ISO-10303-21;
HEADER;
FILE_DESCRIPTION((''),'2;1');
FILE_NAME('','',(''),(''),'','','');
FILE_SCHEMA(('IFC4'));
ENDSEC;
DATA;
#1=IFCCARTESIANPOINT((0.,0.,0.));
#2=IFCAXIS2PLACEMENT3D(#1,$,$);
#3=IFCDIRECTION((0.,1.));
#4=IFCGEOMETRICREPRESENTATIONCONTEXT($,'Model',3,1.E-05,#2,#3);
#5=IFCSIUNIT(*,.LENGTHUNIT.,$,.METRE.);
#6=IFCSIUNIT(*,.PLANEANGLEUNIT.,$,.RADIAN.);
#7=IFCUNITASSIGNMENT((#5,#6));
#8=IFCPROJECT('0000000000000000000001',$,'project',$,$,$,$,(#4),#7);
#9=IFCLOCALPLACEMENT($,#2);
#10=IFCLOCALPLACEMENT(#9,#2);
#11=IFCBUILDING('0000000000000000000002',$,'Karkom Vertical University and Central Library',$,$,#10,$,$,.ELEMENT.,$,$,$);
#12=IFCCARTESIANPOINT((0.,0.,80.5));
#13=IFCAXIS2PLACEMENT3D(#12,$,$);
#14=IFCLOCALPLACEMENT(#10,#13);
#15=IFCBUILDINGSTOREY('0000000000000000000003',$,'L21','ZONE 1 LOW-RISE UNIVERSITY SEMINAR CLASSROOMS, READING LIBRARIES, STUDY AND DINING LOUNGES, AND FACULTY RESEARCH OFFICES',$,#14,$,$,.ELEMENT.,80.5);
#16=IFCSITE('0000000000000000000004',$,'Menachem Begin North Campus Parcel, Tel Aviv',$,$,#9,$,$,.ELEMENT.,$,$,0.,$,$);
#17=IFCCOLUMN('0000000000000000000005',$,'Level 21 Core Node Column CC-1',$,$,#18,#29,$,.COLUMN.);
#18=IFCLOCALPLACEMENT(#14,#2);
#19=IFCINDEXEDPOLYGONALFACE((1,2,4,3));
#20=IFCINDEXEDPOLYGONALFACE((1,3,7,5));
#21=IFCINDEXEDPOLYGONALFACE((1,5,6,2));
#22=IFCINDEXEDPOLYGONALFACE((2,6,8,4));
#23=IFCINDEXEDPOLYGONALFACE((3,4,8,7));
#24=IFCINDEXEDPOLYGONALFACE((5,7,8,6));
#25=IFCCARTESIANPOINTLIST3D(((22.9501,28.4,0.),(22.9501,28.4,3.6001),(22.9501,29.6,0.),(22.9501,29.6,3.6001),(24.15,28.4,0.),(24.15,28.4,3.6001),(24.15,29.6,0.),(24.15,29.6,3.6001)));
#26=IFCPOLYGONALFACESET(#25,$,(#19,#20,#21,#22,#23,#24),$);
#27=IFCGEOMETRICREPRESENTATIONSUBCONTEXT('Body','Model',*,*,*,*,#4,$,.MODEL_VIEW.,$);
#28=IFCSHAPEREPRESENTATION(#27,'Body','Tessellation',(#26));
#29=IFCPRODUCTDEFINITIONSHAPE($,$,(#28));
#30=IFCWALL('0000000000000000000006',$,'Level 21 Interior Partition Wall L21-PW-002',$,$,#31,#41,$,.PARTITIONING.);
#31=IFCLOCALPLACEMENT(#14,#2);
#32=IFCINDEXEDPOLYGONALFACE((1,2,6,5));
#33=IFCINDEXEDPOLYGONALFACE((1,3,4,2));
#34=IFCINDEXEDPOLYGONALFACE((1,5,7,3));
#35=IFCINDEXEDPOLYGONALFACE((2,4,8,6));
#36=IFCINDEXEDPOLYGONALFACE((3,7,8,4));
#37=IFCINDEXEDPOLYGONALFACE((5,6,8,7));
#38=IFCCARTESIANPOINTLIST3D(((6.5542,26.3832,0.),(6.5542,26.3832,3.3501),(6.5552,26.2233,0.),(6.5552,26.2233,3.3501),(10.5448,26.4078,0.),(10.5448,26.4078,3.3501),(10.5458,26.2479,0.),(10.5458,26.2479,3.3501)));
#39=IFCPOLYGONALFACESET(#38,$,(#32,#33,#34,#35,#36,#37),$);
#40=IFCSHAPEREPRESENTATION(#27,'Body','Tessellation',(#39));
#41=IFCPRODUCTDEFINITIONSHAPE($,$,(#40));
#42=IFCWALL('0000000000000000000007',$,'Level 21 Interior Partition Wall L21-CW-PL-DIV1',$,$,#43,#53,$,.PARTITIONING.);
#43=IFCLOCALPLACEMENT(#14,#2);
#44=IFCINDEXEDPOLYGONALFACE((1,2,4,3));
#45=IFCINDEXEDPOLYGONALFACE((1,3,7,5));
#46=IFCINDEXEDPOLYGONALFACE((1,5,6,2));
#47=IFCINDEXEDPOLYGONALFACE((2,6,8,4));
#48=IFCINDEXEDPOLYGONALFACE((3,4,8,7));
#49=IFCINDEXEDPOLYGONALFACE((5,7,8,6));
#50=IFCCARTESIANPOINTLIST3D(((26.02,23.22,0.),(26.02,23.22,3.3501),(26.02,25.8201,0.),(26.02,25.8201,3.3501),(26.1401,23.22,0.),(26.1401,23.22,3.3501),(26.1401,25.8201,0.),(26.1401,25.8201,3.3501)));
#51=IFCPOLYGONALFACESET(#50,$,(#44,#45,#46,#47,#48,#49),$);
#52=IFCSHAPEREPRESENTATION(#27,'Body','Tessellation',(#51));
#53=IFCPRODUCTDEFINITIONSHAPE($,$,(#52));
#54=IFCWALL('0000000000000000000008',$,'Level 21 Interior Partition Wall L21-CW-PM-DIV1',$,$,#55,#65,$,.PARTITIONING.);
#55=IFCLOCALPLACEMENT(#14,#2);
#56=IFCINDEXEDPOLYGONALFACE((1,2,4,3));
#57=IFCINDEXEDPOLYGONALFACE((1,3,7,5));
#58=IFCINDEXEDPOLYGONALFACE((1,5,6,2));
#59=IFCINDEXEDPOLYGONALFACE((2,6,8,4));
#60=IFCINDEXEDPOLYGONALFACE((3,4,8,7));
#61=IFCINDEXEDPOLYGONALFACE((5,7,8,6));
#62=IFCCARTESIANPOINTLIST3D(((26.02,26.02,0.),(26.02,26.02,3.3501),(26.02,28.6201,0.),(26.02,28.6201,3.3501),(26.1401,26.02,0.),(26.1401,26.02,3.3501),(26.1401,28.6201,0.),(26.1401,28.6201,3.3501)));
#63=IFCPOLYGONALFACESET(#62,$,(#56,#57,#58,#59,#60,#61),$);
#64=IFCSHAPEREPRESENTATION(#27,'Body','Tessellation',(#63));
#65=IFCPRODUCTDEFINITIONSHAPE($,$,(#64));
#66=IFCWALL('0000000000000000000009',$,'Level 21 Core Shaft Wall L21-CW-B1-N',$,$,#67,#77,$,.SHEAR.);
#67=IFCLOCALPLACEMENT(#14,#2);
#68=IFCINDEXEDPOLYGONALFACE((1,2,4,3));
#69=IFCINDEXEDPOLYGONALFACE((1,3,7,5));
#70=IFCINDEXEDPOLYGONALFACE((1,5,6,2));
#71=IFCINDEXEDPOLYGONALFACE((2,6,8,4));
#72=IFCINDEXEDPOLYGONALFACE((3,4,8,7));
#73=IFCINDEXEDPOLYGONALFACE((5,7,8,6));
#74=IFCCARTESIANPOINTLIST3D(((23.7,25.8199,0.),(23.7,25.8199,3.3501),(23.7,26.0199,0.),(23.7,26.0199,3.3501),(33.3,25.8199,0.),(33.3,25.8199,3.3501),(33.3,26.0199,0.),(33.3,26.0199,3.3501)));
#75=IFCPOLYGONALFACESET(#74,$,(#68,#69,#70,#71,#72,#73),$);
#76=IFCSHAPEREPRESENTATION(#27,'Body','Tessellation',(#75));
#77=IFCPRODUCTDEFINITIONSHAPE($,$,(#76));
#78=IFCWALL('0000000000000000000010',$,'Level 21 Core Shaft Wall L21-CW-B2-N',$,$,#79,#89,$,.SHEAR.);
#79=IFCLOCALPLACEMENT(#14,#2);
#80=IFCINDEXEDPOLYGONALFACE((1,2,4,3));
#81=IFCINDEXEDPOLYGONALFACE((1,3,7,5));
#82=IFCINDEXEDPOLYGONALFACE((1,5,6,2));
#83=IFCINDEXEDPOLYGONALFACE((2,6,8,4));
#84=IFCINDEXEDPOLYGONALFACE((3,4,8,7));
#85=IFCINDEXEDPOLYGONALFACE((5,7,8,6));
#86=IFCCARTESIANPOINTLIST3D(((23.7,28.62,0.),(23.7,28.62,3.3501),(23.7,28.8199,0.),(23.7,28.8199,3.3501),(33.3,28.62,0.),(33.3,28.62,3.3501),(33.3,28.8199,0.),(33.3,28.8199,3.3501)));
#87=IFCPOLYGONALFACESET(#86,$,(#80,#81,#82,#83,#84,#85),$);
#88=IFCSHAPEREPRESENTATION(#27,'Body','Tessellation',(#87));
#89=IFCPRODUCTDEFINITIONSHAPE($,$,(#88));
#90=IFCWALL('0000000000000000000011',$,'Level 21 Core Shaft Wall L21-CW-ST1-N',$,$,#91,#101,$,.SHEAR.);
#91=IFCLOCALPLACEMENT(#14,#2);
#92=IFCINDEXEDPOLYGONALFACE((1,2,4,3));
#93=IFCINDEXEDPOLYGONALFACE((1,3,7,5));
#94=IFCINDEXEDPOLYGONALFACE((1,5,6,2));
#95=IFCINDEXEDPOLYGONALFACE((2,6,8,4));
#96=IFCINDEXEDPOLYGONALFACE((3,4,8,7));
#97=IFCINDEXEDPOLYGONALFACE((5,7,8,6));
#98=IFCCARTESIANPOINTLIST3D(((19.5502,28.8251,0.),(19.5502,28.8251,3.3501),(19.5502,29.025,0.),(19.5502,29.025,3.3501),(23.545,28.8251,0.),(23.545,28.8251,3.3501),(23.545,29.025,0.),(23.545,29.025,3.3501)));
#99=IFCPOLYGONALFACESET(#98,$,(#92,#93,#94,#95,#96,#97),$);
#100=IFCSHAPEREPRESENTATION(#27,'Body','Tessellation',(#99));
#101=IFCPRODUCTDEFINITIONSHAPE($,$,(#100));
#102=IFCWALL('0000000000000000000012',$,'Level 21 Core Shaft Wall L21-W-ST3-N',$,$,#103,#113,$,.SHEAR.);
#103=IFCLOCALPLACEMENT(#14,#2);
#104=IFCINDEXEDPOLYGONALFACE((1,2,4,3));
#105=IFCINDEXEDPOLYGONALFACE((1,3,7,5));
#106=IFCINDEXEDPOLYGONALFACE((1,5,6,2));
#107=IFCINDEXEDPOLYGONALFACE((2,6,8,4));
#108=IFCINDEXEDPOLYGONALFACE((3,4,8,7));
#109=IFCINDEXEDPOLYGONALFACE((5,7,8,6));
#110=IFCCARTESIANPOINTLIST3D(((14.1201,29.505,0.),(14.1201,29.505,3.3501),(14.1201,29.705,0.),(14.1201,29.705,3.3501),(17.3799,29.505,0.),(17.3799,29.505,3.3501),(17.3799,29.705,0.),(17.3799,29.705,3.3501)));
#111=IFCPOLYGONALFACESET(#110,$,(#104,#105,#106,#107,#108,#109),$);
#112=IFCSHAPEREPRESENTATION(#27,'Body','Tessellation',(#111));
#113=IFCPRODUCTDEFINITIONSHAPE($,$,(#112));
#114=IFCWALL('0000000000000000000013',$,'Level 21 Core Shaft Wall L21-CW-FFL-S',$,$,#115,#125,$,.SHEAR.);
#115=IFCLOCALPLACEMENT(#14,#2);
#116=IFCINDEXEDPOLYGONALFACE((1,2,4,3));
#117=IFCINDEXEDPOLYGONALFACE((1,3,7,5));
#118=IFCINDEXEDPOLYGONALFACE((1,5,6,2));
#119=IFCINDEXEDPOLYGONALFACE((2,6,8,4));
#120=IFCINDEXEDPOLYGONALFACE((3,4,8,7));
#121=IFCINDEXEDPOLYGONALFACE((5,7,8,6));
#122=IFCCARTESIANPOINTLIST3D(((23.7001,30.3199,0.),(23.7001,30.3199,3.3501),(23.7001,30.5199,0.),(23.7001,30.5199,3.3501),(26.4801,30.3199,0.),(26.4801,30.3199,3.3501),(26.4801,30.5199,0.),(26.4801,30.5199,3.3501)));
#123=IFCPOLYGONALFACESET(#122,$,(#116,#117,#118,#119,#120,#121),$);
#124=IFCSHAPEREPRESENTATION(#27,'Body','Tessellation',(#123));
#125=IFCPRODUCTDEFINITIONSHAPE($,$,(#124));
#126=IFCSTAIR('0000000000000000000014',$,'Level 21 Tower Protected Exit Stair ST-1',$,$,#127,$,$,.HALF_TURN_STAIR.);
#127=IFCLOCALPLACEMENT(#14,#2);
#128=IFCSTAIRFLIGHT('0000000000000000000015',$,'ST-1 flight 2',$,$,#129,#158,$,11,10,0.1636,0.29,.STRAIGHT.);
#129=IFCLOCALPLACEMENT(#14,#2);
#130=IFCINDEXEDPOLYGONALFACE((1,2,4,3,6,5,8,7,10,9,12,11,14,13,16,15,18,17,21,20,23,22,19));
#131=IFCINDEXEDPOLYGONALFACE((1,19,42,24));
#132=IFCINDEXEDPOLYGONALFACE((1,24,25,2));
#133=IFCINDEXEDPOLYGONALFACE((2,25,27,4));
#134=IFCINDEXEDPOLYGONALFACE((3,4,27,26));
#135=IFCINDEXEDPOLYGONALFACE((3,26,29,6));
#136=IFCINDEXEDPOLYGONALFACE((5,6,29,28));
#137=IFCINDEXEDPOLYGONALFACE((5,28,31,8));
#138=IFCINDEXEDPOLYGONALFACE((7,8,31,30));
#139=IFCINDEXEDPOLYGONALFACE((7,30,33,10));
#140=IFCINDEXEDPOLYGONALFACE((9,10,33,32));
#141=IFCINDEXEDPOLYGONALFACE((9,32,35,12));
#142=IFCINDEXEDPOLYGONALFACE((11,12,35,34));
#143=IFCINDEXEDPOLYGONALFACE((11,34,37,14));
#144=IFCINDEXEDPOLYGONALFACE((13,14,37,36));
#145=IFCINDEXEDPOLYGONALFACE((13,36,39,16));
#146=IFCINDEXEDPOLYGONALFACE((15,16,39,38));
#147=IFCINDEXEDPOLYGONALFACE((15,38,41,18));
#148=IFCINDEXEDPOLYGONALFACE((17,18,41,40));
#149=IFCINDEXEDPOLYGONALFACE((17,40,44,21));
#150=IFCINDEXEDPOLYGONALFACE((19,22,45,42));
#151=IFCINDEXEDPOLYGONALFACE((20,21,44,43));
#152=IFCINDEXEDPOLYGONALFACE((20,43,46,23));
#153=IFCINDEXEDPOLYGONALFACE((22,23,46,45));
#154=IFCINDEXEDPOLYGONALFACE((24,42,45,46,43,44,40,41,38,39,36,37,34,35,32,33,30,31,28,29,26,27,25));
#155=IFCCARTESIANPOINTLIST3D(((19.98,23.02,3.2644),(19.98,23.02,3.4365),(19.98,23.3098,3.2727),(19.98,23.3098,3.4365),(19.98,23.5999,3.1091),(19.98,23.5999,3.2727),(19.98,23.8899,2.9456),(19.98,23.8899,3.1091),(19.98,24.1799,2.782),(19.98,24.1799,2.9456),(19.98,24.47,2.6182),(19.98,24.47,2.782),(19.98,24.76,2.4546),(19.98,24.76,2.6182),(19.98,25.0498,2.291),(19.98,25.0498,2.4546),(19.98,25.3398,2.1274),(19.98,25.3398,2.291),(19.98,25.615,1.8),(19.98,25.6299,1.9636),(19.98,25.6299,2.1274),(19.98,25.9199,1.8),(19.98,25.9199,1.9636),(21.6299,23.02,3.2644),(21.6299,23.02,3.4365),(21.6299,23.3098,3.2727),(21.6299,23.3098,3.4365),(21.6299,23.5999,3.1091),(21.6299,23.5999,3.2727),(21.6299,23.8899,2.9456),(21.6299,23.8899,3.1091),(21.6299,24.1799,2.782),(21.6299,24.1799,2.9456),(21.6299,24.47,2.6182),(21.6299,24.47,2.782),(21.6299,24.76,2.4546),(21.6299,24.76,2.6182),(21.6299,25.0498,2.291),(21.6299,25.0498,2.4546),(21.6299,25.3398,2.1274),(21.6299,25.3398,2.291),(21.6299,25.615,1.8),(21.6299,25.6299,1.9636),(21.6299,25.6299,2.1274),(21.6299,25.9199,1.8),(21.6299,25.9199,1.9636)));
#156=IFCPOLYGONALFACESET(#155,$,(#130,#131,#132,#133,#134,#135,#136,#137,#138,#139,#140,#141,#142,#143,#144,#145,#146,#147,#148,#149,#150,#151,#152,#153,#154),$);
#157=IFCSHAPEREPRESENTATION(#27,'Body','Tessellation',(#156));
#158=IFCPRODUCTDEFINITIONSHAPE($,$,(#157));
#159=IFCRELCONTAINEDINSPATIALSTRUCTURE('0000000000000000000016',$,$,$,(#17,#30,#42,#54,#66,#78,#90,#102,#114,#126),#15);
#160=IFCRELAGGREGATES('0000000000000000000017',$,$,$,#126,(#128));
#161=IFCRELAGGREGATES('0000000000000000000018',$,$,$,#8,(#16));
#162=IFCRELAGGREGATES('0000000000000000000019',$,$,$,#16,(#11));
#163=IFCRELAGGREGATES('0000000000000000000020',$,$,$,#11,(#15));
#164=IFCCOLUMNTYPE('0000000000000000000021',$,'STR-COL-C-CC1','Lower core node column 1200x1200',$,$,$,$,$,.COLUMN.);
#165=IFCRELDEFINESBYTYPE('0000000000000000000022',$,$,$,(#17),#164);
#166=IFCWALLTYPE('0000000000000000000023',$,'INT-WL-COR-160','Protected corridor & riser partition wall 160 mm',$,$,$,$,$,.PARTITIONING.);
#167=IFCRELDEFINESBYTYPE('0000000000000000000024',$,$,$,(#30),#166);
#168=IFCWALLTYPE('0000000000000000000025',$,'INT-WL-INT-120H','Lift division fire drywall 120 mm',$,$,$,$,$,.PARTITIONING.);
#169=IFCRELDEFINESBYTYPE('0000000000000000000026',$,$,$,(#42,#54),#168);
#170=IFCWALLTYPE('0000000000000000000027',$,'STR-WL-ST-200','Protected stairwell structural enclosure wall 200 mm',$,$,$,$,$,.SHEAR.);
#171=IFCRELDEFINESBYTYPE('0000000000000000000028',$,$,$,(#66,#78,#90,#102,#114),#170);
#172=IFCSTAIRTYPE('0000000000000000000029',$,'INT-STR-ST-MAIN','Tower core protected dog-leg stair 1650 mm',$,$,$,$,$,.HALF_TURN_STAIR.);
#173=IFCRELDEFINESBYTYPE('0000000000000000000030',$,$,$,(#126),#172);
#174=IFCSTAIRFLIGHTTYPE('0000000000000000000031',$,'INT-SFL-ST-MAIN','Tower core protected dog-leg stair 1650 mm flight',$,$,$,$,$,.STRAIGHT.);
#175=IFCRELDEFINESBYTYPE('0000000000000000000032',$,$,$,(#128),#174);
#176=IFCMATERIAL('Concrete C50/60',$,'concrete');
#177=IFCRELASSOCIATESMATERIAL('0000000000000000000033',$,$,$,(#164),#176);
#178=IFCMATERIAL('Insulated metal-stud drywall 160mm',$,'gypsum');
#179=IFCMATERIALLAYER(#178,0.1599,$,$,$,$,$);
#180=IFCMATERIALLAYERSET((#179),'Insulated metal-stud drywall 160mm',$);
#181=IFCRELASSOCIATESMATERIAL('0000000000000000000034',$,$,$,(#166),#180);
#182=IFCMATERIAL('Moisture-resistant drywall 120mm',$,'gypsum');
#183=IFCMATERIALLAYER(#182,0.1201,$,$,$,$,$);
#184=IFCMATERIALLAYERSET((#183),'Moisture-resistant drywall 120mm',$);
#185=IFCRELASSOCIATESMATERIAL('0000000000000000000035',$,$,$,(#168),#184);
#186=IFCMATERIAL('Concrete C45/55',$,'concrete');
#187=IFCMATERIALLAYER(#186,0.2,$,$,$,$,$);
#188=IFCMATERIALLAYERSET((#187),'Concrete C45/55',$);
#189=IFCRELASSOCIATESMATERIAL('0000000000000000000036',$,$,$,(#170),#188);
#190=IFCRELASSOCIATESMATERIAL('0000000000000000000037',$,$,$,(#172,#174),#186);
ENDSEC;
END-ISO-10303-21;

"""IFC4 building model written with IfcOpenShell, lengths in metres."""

from ifc_helpers import new_model, si_unit, direction, frame, frame_2d, origin, origin_with_axes, origin_2d, place, context, subcontext, project, spatial, polyline, rectangle, outline, extrude, source, transform, mapped, material, layer, layer_set, material_profile, profile_set, type_object, element, aggregate, save


model = new_model("IFC4")

# Units and contexts
model_context = context("Model", 3, precision=1e-05, world=origin(), true_north=direction((0.0, 1.0)))
body_context = subcontext(model_context, "Body", "Model", "MODEL_VIEW")
ifc_project = project(units=[si_unit("LENGTHUNIT", "METRE"), si_unit("PLANEANGLEUNIT", "RADIAN")], contexts=[model_context])

# Site, building, storey
site_placement = place(None, origin())
site = spatial("IfcSite", under=ifc_project, at=site_placement, Name="Menachem Begin North Campus Parcel, Tel Aviv", CompositionType="ELEMENT", RefElevation=0.0)
building_placement = place(site_placement, origin())
building = spatial("IfcBuilding", under=site, at=building_placement, Name="Karkom Vertical University and Central Library", CompositionType="ELEMENT")
storey_placement = place(building_placement, frame((0.0, 0.0, 80.5)))
storey = spatial("IfcBuildingStorey", under=building, at=storey_placement, Name="L21", Description="ZONE 1 LOW-RISE UNIVERSITY SEMINAR CLASSROOMS, READING LIBRARIES, STUDY AND DINING LOUNGES, AND FACULTY RESEARCH OFFICES", CompositionType="ELEMENT", Elevation=80.5)

# Column
ifc_material_1 = material(Name="Concrete C50/60", Category="concrete")
ifc_material_profile = material_profile(ifc_material_1, rectangle(XDim=1.2, YDim=1.2, at=origin_2d()), Name="RC-1200x1200")
ifc_profile_set = profile_set([ifc_material_profile], Name="Concrete C50/60")
column_type = type_object("IfcColumnType", Name="STR-COL-C-CC1", Description="Lower core node column 1200x1200", PredefinedType="COLUMN", material=ifc_profile_set)
shared_shape = source(origin_with_axes(), body_context, "Body", "SweptSolid", [
    extrude(rectangle(XDim=1.2, YDim=1.2, at=origin_2d()), origin(), (0.0, 0.0, 1.0), 3.6001),
])
column_placement = place(storey_placement, frame((23.55, 29.0, 0.0), z_axis=(0.0, 0.0, 1.0), x_axis=(1.0, 0.0, 0.0)))
element("IfcColumn", 1, at=column_placement, inside=storey, type_object=column_type, Name="Level 21 Core Node Column CC-1", PredefinedType="COLUMN", context=body_context, shape_type="MappedRepresentation", body=[
    mapped(shared_shape, transform((0.0, 0.0, 0.0), scale=1.0)),
])

# Walls
ifc_material_2 = material(Name="Insulated metal-stud drywall 160mm", Category="gypsum")
ifc_layer_1 = layer(ifc_material_2, 0.1599)
ifc_layer_set_1 = layer_set([ifc_layer_1], Name="Insulated metal-stud drywall 160mm")
wall_type_1 = type_object("IfcWallType", Name="INT-WL-COR-160", Description="Protected corridor & riser partition wall 160 mm", PredefinedType="PARTITIONING", material=ifc_layer_set_1)
wall_1_placement = place(storey_placement, frame((6.5547, 26.3032, 0.0), z_axis=(0.0, 0.0, 1.0), x_axis=(0.999981, 0.006179, 0.0)))
element("IfcWall", 2, at=wall_1_placement, inside=storey, type_object=wall_type_1, Name="Level 21 Interior Partition Wall L21-PW-002", PredefinedType="PARTITIONING", context=body_context, shape_type="SweptSolid", body=[
    extrude(rectangle(XDim=3.9907, YDim=0.1599, at=frame_2d((1.9954, 0.0))), origin(), (0.0, 0.0, 1.0), 3.3501),
])
ifc_material_3 = material(Name="Moisture-resistant drywall 120mm", Category="gypsum")
ifc_layer_2 = layer(ifc_material_3, 0.1201)
ifc_layer_set_2 = layer_set([ifc_layer_2], Name="Moisture-resistant drywall 120mm")
wall_type_2 = type_object("IfcWallType", Name="INT-WL-INT-120H", Description="Lift division fire drywall 120 mm", PredefinedType="PARTITIONING", material=ifc_layer_set_2)
for number, where, z_axis, x_axis, name in (
    (3, (26.0801, 23.22, 0.0), (0.0, 0.0, 1.0), (0.0, 1.0, 0.0), "Level 21 Interior Partition Wall L21-CW-PL-DIV1"),
    (4, (26.0801, 26.02, 0.0), (0.0, 0.0, 1.0), (0.0, 1.0, 0.0), "Level 21 Interior Partition Wall L21-CW-PM-DIV1"),
):
    element("IfcWall", number, at=place(storey_placement, frame(where, z_axis=z_axis, x_axis=x_axis)), inside=storey, type_object=wall_type_2, Name=name, PredefinedType="PARTITIONING", context=body_context, shape_type="SweptSolid", body=[
        extrude(rectangle(XDim=2.6001, YDim=0.1201, at=frame_2d((1.3, 0.0))), origin(), (0.0, 0.0, 1.0), 3.3501),
    ])
ifc_material_4 = material(Name="Concrete C45/55", Category="concrete")
ifc_layer_3 = layer(ifc_material_4, 0.2)
ifc_layer_set_3 = layer_set([ifc_layer_3], Name="Concrete C45/55")
wall_type_3 = type_object("IfcWallType", Name="STR-WL-ST-200", Description="Protected stairwell structural enclosure wall 200 mm", PredefinedType="SHEAR", material=ifc_layer_set_3)
for number, where, z_axis, x_axis, name in (
    (5, (23.7, 25.9199, 0.0), (0.0, 0.0, 1.0), (1.0, 0.0, 0.0), "Level 21 Core Shaft Wall L21-CW-B1-N"),
    (6, (23.7, 28.72, 0.0), (0.0, 0.0, 1.0), (1.0, 0.0, 0.0), "Level 21 Core Shaft Wall L21-CW-B2-N"),
):
    element("IfcWall", number, at=place(storey_placement, frame(where, z_axis=z_axis, x_axis=x_axis)), inside=storey, type_object=wall_type_3, Name=name, PredefinedType="SHEAR", context=body_context, shape_type="SweptSolid", body=[
        extrude(rectangle(XDim=9.6001, YDim=0.2, at=frame_2d((4.8, 0.0))), origin(), (0.0, 0.0, 1.0), 3.3501),
    ])
wall_2_placement = place(storey_placement, frame((19.55, 28.925, 0.0), z_axis=(0.0, 0.0, 1.0), x_axis=(1.0, 0.0, 0.0)))
element("IfcWall", 7, at=wall_2_placement, inside=storey, type_object=wall_type_3, Name="Level 21 Core Shaft Wall L21-CW-ST1-N", PredefinedType="SHEAR", context=body_context, shape_type="SweptSolid", body=[
    extrude(rectangle(XDim=3.9949, YDim=0.2, at=frame_2d((1.9976, 0.0))), origin(), (0.0, 0.0, 1.0), 3.3501),
])
wall_3_placement = place(storey_placement, frame((14.1201, 29.605, 0.0), z_axis=(0.0, 0.0, 1.0), x_axis=(1.0, 0.0, 0.0)))
element("IfcWall", 8, at=wall_3_placement, inside=storey, type_object=wall_type_3, Name="Level 21 Core Shaft Wall L21-W-ST3-N", PredefinedType="SHEAR", context=body_context, shape_type="SweptSolid", body=[
    extrude(rectangle(XDim=3.2598, YDim=0.2, at=frame_2d((1.6299, 0.0))), origin(), (0.0, 0.0, 1.0), 3.3501),
])
wall_4_placement = place(storey_placement, frame((23.7, 30.4199, 0.0), z_axis=(0.0, 0.0, 1.0), x_axis=(1.0, 0.0, 0.0)))
element("IfcWall", 9, at=wall_4_placement, inside=storey, type_object=wall_type_3, Name="Level 21 Core Shaft Wall L21-CW-FFL-S", PredefinedType="SHEAR", context=body_context, shape_type="SweptSolid", body=[
    extrude(rectangle(XDim=2.78, YDim=0.2, at=frame_2d((1.3901, 0.0))), origin(), (0.0, 0.0, 1.0), 3.3501),
])

# Stair, stair flight
stair_type_1 = type_object("IfcStairType", Name="INT-STR-ST-MAIN", Description="Tower core protected dog-leg stair 1650 mm", PredefinedType="HALF_TURN_STAIR", material=ifc_material_4)
stair_1_placement = place(storey_placement, origin())
stair_1 = element("IfcStair", 10, at=stair_1_placement, inside=storey, type_object=stair_type_1, Name="Level 21 Tower Protected Exit Stair ST-1", PredefinedType="HALF_TURN_STAIR")
stair_flight_type_1 = type_object("IfcStairFlightType", Name="INT-SFL-ST-MAIN", Description="Tower core protected dog-leg stair 1650 mm flight", PredefinedType="STRAIGHT", material=ifc_material_4)
stair_flight_1_placement = place(storey_placement, frame((20.8049, 25.9199, 1.8), z_axis=(0.0, 0.0, 1.0), x_axis=(0.0, -1.0, 0.0)))
stair_flight_1 = element("IfcStairFlight", 11, at=stair_flight_1_placement, type_object=stair_flight_type_1, Name="ST-1 flight 2", NumberOfRisers=11, NumberOfTreads=10, PredefinedType="STRAIGHT", RiserHeight=0.1636, TreadLength=0.29, context=body_context, shape_type="SweptSolid", body=[
    extrude(outline(polyline([(0.0, 0.0), (0.0, 0.1636), (0.29, 0.1636), (0.29, 0.3274), (0.5801, 0.3274), (0.5801, 0.491), (0.8701, 0.491), (0.8701, 0.6545), (1.1599, 0.6545), (1.1599, 0.8181), (1.45, 0.8181), (1.45, 0.9819), (1.74, 0.9819), (1.74, 1.1455), (2.03, 1.1455), (2.03, 1.3091), (2.3201, 1.3091), (2.3201, 1.4727), (2.6101, 1.4727), (2.6101, 1.6365), (2.8999, 1.6365), (2.8999, 1.8), (2.8999, 1.4644), (0.3049, 0.0), (0.0, 0.0)])), frame((0.0, 0.825, 0.0), z_axis=(0.0, -1.0, 0.0), x_axis=(1.0, 0.0, 0.0)), (0.0, 0.0, 1.0), 1.6499),
])
aggregate(stair_1, [stair_flight_1])

save(model, "model.ifc")
